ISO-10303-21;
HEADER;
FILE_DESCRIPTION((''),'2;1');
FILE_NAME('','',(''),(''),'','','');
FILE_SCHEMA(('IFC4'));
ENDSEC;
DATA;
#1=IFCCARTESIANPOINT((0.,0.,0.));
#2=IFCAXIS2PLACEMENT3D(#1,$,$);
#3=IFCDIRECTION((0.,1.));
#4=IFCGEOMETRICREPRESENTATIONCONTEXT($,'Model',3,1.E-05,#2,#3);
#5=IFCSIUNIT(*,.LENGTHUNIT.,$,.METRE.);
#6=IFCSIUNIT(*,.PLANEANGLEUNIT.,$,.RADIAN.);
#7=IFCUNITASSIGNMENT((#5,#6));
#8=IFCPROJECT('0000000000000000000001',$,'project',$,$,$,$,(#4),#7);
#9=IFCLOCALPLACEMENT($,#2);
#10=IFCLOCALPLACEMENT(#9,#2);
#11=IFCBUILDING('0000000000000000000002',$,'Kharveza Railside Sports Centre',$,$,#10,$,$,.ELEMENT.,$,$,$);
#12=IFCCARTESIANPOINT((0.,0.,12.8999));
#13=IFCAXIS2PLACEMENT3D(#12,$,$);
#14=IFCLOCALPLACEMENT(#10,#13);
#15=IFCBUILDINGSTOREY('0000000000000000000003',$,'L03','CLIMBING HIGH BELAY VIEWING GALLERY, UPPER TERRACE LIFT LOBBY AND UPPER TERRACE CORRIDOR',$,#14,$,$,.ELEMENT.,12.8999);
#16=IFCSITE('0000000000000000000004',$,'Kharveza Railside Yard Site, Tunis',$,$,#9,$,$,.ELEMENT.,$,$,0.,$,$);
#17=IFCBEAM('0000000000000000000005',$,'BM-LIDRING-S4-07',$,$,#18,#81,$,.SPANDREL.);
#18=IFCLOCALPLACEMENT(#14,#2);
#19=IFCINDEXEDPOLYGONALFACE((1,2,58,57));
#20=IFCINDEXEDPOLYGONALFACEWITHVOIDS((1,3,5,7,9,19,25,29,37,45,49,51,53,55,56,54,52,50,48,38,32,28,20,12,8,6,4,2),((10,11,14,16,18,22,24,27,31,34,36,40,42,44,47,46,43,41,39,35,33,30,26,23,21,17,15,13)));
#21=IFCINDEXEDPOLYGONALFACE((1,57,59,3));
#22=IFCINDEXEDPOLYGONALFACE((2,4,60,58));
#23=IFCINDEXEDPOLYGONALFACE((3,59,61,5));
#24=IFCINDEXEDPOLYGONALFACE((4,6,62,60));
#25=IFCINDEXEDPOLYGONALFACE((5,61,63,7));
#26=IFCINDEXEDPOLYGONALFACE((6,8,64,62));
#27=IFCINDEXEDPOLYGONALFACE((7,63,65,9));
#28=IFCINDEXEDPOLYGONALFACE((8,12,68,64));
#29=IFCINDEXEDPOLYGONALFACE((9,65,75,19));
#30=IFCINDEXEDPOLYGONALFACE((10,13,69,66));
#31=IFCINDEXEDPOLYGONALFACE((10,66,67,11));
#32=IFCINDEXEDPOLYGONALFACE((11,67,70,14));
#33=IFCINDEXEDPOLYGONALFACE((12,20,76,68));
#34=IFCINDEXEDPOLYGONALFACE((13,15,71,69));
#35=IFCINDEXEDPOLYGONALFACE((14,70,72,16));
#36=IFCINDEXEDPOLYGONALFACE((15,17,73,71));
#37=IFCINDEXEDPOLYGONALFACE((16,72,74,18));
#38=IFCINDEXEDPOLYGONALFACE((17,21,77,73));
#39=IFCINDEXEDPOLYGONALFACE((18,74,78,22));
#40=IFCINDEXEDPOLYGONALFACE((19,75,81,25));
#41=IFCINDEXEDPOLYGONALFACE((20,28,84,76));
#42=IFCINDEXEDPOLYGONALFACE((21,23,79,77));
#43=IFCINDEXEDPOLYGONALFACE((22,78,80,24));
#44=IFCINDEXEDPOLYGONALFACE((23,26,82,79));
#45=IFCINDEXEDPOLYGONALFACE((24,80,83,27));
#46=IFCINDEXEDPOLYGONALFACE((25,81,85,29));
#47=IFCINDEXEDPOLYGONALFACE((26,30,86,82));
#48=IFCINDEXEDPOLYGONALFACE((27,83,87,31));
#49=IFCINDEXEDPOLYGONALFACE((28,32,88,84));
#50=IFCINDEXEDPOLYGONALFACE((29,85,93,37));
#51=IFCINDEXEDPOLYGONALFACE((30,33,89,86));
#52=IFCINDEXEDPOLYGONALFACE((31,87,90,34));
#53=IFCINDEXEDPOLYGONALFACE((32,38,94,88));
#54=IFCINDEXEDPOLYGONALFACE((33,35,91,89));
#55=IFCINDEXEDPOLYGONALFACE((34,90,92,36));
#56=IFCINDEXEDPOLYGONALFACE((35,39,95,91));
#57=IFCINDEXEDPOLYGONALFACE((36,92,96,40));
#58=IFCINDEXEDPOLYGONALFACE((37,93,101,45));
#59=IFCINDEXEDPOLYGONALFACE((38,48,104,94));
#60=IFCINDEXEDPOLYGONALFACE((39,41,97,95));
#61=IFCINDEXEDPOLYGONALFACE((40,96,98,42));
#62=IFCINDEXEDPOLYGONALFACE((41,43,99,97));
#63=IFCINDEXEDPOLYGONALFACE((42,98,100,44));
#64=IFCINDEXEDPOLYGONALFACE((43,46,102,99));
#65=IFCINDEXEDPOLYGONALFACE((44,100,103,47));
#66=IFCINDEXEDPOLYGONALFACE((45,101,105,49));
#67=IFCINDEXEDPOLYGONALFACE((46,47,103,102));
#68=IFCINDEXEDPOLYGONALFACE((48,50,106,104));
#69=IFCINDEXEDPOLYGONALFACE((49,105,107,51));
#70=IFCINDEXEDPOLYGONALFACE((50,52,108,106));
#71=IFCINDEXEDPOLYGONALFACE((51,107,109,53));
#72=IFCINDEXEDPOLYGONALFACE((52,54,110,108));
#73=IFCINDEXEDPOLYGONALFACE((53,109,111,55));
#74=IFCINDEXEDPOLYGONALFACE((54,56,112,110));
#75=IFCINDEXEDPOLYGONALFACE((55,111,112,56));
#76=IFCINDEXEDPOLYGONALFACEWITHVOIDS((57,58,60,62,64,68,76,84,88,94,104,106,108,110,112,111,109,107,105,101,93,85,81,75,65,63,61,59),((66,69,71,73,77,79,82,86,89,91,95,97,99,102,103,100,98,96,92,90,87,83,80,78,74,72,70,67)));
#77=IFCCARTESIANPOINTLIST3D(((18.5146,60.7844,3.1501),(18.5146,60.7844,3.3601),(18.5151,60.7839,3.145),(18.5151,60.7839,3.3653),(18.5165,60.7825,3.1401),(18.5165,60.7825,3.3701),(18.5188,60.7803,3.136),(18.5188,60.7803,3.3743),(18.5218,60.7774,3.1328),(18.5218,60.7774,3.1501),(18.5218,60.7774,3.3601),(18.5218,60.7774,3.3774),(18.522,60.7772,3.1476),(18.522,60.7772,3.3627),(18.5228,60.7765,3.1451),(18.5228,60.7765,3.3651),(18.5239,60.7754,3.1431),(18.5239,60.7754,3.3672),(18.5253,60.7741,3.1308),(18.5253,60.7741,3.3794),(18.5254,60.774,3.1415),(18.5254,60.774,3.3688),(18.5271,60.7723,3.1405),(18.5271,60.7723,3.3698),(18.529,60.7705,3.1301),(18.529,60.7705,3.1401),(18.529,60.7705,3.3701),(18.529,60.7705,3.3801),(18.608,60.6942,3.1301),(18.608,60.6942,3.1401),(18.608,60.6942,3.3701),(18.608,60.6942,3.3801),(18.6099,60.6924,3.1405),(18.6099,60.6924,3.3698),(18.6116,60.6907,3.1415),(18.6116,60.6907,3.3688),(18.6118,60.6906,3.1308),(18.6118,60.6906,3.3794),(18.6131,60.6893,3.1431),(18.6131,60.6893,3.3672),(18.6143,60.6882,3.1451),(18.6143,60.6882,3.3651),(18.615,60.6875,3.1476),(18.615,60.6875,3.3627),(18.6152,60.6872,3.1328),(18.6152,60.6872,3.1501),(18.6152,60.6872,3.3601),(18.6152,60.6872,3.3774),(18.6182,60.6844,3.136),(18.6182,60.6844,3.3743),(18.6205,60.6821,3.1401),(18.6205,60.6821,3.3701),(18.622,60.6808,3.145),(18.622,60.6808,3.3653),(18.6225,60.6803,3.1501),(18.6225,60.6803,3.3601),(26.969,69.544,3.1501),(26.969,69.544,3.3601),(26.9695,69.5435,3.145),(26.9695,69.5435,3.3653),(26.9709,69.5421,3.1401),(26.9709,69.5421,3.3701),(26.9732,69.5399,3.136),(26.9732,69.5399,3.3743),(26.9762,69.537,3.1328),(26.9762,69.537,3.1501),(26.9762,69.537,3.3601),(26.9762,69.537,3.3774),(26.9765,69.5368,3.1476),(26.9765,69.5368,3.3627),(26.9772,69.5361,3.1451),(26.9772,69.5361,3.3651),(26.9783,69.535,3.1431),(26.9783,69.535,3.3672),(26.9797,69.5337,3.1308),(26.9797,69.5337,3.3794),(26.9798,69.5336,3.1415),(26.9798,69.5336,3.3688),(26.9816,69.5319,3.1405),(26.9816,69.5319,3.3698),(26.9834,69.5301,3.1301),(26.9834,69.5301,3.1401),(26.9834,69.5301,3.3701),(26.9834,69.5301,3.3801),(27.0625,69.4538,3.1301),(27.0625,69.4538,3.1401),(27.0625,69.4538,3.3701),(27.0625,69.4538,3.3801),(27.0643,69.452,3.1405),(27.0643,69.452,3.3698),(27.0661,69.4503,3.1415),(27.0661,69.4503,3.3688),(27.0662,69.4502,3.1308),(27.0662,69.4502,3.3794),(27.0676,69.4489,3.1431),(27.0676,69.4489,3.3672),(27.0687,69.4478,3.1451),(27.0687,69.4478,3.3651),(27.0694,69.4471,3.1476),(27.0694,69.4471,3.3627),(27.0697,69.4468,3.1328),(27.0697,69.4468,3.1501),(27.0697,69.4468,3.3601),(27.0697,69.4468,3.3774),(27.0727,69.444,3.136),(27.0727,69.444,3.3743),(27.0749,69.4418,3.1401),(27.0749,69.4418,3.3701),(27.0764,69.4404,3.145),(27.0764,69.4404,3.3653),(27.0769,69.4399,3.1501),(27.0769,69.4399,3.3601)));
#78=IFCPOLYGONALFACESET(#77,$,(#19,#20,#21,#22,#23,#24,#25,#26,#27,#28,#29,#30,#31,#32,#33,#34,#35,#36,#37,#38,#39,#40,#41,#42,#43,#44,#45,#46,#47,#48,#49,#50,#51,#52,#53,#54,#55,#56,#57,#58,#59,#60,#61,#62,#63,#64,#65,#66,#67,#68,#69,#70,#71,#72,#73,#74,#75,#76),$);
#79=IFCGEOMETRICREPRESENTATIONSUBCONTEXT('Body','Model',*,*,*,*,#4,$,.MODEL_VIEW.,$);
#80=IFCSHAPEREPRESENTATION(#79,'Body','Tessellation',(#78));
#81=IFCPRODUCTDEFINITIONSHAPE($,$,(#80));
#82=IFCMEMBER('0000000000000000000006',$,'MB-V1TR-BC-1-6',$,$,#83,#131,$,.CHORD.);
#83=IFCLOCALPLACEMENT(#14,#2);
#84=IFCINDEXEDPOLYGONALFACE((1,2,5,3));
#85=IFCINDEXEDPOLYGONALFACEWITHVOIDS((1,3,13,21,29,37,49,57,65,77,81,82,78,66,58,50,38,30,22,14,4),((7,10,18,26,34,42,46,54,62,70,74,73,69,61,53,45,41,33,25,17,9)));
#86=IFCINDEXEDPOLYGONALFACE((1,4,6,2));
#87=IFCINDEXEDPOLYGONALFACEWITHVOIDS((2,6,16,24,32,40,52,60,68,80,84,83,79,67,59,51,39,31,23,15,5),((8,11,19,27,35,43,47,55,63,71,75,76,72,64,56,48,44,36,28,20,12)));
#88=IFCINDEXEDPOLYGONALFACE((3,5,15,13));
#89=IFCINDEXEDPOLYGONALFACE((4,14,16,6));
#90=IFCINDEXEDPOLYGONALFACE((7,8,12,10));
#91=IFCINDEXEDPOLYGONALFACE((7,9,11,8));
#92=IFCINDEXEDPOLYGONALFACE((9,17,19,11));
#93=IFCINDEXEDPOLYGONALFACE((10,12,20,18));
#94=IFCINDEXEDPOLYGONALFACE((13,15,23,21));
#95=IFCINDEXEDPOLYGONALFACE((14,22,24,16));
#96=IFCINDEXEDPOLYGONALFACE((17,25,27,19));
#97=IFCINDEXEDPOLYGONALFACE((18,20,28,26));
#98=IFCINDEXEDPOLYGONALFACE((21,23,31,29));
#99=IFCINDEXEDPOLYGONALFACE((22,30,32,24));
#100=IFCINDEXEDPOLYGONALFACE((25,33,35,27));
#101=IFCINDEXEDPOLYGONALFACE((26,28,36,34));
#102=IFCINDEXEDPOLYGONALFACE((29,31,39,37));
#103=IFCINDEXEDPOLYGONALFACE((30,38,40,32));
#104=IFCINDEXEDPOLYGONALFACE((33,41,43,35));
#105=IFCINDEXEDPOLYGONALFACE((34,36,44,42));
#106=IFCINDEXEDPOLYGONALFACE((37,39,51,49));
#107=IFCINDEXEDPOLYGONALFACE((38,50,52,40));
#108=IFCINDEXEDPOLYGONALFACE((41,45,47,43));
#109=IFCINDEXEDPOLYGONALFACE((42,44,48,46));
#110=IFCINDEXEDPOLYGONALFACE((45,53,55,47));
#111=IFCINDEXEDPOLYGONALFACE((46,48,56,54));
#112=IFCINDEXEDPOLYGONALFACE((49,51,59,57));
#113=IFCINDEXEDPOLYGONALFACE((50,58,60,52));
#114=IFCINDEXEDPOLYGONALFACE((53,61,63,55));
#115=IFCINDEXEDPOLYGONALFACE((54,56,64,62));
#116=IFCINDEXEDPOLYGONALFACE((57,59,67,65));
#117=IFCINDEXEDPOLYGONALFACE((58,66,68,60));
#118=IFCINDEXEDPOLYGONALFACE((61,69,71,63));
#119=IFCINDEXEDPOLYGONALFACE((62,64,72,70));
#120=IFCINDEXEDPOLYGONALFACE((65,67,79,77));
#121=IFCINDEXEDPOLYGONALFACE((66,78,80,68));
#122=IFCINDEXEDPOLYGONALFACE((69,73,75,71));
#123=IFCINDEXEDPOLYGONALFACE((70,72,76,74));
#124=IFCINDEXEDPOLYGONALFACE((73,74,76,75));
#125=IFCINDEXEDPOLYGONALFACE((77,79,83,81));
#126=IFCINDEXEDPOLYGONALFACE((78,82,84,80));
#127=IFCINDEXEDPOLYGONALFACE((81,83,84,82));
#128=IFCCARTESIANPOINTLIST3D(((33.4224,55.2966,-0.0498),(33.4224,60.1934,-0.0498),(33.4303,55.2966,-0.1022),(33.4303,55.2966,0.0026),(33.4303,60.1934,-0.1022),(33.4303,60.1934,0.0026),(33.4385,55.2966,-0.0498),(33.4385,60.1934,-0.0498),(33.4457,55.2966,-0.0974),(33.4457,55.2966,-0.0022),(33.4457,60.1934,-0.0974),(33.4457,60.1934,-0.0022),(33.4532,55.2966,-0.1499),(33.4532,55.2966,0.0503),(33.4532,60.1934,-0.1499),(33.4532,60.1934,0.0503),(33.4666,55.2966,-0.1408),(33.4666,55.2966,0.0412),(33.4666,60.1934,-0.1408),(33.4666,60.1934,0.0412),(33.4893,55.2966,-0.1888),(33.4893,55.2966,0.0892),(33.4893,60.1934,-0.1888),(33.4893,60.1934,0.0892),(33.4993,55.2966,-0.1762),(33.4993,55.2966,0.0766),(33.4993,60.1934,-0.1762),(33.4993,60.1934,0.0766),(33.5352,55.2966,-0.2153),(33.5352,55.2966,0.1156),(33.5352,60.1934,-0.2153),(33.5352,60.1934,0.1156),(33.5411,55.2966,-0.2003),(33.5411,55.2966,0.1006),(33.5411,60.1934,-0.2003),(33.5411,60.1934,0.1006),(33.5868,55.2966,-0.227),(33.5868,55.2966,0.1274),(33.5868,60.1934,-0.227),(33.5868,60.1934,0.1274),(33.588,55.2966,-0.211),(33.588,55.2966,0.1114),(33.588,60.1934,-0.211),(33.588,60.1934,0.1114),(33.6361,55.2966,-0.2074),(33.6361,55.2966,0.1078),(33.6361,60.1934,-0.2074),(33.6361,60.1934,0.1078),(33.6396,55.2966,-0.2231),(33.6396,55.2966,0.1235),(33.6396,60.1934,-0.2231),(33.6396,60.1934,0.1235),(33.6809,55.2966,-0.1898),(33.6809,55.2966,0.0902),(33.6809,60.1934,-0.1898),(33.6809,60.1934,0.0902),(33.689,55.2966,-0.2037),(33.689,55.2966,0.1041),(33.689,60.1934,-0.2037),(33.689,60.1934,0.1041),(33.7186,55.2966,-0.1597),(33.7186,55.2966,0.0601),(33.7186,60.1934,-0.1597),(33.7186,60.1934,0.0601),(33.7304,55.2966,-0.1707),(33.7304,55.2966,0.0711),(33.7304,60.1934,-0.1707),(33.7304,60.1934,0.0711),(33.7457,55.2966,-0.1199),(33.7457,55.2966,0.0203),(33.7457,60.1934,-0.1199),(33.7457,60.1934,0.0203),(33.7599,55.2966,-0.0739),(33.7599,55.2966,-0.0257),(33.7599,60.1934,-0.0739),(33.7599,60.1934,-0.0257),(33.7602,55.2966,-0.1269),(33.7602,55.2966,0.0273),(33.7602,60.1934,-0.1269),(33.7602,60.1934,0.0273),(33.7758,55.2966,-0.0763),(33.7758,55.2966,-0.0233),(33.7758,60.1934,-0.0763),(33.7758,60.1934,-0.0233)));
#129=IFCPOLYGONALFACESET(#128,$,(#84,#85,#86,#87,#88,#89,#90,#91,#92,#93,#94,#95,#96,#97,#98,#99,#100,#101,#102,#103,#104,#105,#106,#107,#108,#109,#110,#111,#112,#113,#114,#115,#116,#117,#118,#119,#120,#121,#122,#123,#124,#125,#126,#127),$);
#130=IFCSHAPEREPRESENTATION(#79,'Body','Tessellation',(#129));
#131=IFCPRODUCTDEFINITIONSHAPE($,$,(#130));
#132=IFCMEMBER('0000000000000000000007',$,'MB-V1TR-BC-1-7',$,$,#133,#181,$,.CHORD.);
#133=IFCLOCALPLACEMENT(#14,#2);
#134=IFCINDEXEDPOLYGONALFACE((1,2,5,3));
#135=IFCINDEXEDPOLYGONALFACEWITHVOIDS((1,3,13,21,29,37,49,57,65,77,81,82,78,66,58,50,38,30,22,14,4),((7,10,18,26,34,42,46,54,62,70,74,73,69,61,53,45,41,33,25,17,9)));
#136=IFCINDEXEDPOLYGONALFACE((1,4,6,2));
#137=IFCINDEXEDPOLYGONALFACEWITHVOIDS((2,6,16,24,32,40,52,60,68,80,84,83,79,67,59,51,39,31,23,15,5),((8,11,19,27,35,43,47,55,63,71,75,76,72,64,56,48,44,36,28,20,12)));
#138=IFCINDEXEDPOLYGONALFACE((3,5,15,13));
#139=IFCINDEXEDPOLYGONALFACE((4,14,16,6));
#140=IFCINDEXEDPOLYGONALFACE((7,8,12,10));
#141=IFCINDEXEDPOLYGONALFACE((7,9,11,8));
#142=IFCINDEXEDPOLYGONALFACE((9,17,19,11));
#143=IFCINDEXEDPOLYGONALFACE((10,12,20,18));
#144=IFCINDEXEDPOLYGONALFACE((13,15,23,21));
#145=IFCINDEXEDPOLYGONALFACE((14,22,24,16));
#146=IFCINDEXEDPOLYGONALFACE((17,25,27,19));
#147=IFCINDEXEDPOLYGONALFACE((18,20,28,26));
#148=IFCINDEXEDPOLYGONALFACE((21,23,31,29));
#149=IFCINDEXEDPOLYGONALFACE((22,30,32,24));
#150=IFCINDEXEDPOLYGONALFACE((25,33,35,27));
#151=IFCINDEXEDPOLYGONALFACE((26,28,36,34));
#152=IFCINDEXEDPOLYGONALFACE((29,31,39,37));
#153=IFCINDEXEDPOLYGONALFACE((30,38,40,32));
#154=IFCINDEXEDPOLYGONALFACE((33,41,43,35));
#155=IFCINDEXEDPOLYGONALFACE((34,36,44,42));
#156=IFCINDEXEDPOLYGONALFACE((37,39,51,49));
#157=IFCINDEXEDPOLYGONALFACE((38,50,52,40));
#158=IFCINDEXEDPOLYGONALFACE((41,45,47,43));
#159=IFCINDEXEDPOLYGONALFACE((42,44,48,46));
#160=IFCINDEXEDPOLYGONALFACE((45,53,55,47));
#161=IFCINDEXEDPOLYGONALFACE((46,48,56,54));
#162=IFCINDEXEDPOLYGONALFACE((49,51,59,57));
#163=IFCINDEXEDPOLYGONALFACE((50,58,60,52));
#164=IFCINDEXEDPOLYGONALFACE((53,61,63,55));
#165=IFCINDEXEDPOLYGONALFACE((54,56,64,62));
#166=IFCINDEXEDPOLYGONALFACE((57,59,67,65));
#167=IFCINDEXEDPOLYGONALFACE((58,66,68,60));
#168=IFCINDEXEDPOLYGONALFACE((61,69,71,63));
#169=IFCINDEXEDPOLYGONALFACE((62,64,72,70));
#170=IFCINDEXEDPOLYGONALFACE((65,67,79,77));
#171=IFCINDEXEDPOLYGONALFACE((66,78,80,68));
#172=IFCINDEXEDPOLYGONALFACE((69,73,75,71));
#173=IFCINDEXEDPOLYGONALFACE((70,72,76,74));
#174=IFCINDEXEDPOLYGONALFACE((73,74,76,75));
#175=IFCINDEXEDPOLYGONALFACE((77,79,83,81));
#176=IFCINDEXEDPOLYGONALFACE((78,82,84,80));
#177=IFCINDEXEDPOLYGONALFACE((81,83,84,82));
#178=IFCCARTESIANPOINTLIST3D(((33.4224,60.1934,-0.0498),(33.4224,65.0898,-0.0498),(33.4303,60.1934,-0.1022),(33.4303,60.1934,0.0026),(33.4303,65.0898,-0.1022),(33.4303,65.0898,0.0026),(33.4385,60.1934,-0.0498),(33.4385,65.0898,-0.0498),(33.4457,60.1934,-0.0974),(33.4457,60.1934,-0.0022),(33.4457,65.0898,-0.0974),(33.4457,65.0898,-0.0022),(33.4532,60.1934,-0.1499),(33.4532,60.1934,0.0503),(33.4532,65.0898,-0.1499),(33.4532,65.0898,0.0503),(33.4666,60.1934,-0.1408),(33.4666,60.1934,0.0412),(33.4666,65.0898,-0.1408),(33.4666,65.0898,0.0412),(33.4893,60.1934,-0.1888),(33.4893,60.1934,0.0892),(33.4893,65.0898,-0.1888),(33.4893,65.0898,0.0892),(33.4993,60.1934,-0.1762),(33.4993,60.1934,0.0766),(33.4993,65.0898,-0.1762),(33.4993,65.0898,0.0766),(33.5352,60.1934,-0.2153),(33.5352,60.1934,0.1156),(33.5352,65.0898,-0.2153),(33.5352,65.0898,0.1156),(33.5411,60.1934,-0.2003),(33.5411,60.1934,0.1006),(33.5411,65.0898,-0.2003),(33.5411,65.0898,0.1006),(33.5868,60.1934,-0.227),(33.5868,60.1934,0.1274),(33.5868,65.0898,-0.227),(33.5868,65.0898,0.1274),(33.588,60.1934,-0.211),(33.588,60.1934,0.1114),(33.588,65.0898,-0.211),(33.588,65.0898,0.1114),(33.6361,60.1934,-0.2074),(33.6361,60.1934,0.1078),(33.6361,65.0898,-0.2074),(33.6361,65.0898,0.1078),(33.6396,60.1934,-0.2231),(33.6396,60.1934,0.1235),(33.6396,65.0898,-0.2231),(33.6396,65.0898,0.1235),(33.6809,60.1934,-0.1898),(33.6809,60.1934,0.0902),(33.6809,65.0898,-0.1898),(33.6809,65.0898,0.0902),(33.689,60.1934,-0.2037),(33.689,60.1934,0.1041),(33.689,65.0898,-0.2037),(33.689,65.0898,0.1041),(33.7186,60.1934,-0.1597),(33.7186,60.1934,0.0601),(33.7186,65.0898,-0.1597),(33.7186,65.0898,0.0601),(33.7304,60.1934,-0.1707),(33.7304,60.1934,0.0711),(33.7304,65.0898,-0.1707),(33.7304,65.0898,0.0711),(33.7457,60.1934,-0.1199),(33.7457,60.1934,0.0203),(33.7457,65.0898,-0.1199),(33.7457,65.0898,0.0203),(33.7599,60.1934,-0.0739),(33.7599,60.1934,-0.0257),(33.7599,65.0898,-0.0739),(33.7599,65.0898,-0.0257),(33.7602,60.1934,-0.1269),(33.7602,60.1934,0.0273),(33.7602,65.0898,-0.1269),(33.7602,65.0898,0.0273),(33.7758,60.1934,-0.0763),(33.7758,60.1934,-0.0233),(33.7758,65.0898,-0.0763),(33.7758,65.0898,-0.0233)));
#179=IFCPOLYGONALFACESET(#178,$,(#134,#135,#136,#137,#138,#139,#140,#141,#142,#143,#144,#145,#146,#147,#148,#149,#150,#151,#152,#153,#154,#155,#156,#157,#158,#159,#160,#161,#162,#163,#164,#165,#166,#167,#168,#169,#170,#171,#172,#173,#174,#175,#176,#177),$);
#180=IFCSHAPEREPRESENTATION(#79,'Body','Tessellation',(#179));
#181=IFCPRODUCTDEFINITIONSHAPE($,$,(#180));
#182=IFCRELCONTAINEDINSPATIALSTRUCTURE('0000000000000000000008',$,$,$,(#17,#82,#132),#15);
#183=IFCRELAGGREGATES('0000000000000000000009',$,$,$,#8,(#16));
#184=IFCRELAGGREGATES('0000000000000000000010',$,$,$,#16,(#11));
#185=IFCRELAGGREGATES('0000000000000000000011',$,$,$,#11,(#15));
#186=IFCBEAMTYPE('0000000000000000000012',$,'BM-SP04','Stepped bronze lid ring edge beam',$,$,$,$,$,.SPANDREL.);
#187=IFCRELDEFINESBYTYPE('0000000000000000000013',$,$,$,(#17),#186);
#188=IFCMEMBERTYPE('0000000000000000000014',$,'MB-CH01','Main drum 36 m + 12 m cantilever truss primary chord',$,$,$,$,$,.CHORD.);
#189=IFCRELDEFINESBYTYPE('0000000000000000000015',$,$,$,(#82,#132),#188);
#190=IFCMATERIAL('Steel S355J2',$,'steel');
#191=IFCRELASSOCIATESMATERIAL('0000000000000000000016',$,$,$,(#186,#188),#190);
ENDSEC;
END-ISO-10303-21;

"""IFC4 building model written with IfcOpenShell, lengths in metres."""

from ifc_helpers import new_model, si_unit, direction, frame, origin, origin_2d, place, context, subcontext, project, spatial, hollow_rectangle, hollow_circle, extrude, material, material_profile, profile_set, type_object, element, save


model = new_model("IFC4")

# Units and contexts
model_context = context("Model", 3, precision=1e-05, world=origin(), true_north=direction((0.0, 1.0)))
body_context = subcontext(model_context, "Body", "Model", "MODEL_VIEW")
ifc_project = project(units=[si_unit("LENGTHUNIT", "METRE"), si_unit("PLANEANGLEUNIT", "RADIAN")], contexts=[model_context])

# Site, building, storey
site_placement = place(None, origin())
site = spatial("IfcSite", under=ifc_project, at=site_placement, Name="Kharveza Railside Yard Site, Tunis", CompositionType="ELEMENT", RefElevation=0.0)
building_placement = place(site_placement, origin())
building = spatial("IfcBuilding", under=site, at=building_placement, Name="Kharveza Railside Sports Centre", CompositionType="ELEMENT")
storey_placement = place(building_placement, frame((0.0, 0.0, 12.8999)))
storey = spatial("IfcBuildingStorey", under=building, at=storey_placement, Name="L03", Description="CLIMBING HIGH BELAY VIEWING GALLERY, UPPER TERRACE LIFT LOBBY AND UPPER TERRACE CORRIDOR", CompositionType="ELEMENT", Elevation=12.8999)

# Beam
ifc_material_1 = material(Name="Steel S355J2", Category="steel")
ifc_material_profile_1 = material_profile(ifc_material_1, hollow_rectangle(XDim=0.1499, YDim=0.25, WallThickness=0.01, InnerFilletRadius=0.01, OuterFilletRadius=0.02, at=origin_2d()), Name="RHS 150x250x10.0")
ifc_profile_set_1 = profile_set([ifc_material_profile_1], Name="Steel S355J2")
beam_type = type_object("IfcBeamType", Name="BM-SP04", Description="Stepped bronze lid ring edge beam", PredefinedType="SPANDREL", material=ifc_profile_set_1)
beam_1_placement = place(storey_placement, frame((27.0229, 69.4919, 3.2551), z_axis=(-0.694462, -0.71953, 0.0), x_axis=(0.71953, -0.694462, 0.0)))
element("IfcBeam", 1, at=beam_1_placement, inside=storey, type_object=beam_type, Name="BM-LIDRING-S4-07", PredefinedType="SPANDREL", context=body_context, shape_type="SweptSolid", body=[
    extrude(hollow_rectangle(XDim=0.1499, YDim=0.25, WallThickness=0.01, InnerFilletRadius=0.01, OuterFilletRadius=0.02, at=origin_2d()), origin(), (0.0, 0.0, 1.0), 12.1741),
])

# Members
ifc_material_profile_2 = material_profile(ifc_material_1, hollow_circle(Radius=0.1777, WallThickness=0.0161, at=origin_2d()), Name="CHS 355.6x16.0")
ifc_profile_set_2 = profile_set([ifc_material_profile_2], Name="Steel S355J2")
member_type_1 = type_object("IfcMemberType", Name="MB-CH01", Description="Main drum 36 m + 12 m cantilever truss primary chord", PredefinedType="CHORD", material=ifc_profile_set_2)
member_1_placement = place(storey_placement, frame((33.6001, 55.2966, -0.0498), z_axis=(0.0, 1.0, 0.0), x_axis=(-1.0, 0.0, 0.0)))
element("IfcMember", 2, at=member_1_placement, inside=storey, type_object=member_type_1, Name="MB-V1TR-BC-1-6", PredefinedType="CHORD", context=body_context, shape_type="SweptSolid", body=[
    extrude(hollow_circle(Radius=0.1777, WallThickness=0.0161, at=origin_2d()), origin(), (0.0, 0.0, 1.0), 4.8967),
])
member_2_placement = place(storey_placement, frame((33.6001, 60.1934, -0.0498), z_axis=(0.0, 1.0, 0.0), x_axis=(-1.0, 0.0, 0.0)))
element("IfcMember", 3, at=member_2_placement, inside=storey, type_object=member_type_1, Name="MB-V1TR-BC-1-7", PredefinedType="CHORD", context=body_context, shape_type="SweptSolid", body=[
    extrude(hollow_circle(Radius=0.1777, WallThickness=0.0161, at=origin_2d()), origin(), (0.0, 0.0, 1.0), 4.8965),
])

save(model, "model.ifc")
